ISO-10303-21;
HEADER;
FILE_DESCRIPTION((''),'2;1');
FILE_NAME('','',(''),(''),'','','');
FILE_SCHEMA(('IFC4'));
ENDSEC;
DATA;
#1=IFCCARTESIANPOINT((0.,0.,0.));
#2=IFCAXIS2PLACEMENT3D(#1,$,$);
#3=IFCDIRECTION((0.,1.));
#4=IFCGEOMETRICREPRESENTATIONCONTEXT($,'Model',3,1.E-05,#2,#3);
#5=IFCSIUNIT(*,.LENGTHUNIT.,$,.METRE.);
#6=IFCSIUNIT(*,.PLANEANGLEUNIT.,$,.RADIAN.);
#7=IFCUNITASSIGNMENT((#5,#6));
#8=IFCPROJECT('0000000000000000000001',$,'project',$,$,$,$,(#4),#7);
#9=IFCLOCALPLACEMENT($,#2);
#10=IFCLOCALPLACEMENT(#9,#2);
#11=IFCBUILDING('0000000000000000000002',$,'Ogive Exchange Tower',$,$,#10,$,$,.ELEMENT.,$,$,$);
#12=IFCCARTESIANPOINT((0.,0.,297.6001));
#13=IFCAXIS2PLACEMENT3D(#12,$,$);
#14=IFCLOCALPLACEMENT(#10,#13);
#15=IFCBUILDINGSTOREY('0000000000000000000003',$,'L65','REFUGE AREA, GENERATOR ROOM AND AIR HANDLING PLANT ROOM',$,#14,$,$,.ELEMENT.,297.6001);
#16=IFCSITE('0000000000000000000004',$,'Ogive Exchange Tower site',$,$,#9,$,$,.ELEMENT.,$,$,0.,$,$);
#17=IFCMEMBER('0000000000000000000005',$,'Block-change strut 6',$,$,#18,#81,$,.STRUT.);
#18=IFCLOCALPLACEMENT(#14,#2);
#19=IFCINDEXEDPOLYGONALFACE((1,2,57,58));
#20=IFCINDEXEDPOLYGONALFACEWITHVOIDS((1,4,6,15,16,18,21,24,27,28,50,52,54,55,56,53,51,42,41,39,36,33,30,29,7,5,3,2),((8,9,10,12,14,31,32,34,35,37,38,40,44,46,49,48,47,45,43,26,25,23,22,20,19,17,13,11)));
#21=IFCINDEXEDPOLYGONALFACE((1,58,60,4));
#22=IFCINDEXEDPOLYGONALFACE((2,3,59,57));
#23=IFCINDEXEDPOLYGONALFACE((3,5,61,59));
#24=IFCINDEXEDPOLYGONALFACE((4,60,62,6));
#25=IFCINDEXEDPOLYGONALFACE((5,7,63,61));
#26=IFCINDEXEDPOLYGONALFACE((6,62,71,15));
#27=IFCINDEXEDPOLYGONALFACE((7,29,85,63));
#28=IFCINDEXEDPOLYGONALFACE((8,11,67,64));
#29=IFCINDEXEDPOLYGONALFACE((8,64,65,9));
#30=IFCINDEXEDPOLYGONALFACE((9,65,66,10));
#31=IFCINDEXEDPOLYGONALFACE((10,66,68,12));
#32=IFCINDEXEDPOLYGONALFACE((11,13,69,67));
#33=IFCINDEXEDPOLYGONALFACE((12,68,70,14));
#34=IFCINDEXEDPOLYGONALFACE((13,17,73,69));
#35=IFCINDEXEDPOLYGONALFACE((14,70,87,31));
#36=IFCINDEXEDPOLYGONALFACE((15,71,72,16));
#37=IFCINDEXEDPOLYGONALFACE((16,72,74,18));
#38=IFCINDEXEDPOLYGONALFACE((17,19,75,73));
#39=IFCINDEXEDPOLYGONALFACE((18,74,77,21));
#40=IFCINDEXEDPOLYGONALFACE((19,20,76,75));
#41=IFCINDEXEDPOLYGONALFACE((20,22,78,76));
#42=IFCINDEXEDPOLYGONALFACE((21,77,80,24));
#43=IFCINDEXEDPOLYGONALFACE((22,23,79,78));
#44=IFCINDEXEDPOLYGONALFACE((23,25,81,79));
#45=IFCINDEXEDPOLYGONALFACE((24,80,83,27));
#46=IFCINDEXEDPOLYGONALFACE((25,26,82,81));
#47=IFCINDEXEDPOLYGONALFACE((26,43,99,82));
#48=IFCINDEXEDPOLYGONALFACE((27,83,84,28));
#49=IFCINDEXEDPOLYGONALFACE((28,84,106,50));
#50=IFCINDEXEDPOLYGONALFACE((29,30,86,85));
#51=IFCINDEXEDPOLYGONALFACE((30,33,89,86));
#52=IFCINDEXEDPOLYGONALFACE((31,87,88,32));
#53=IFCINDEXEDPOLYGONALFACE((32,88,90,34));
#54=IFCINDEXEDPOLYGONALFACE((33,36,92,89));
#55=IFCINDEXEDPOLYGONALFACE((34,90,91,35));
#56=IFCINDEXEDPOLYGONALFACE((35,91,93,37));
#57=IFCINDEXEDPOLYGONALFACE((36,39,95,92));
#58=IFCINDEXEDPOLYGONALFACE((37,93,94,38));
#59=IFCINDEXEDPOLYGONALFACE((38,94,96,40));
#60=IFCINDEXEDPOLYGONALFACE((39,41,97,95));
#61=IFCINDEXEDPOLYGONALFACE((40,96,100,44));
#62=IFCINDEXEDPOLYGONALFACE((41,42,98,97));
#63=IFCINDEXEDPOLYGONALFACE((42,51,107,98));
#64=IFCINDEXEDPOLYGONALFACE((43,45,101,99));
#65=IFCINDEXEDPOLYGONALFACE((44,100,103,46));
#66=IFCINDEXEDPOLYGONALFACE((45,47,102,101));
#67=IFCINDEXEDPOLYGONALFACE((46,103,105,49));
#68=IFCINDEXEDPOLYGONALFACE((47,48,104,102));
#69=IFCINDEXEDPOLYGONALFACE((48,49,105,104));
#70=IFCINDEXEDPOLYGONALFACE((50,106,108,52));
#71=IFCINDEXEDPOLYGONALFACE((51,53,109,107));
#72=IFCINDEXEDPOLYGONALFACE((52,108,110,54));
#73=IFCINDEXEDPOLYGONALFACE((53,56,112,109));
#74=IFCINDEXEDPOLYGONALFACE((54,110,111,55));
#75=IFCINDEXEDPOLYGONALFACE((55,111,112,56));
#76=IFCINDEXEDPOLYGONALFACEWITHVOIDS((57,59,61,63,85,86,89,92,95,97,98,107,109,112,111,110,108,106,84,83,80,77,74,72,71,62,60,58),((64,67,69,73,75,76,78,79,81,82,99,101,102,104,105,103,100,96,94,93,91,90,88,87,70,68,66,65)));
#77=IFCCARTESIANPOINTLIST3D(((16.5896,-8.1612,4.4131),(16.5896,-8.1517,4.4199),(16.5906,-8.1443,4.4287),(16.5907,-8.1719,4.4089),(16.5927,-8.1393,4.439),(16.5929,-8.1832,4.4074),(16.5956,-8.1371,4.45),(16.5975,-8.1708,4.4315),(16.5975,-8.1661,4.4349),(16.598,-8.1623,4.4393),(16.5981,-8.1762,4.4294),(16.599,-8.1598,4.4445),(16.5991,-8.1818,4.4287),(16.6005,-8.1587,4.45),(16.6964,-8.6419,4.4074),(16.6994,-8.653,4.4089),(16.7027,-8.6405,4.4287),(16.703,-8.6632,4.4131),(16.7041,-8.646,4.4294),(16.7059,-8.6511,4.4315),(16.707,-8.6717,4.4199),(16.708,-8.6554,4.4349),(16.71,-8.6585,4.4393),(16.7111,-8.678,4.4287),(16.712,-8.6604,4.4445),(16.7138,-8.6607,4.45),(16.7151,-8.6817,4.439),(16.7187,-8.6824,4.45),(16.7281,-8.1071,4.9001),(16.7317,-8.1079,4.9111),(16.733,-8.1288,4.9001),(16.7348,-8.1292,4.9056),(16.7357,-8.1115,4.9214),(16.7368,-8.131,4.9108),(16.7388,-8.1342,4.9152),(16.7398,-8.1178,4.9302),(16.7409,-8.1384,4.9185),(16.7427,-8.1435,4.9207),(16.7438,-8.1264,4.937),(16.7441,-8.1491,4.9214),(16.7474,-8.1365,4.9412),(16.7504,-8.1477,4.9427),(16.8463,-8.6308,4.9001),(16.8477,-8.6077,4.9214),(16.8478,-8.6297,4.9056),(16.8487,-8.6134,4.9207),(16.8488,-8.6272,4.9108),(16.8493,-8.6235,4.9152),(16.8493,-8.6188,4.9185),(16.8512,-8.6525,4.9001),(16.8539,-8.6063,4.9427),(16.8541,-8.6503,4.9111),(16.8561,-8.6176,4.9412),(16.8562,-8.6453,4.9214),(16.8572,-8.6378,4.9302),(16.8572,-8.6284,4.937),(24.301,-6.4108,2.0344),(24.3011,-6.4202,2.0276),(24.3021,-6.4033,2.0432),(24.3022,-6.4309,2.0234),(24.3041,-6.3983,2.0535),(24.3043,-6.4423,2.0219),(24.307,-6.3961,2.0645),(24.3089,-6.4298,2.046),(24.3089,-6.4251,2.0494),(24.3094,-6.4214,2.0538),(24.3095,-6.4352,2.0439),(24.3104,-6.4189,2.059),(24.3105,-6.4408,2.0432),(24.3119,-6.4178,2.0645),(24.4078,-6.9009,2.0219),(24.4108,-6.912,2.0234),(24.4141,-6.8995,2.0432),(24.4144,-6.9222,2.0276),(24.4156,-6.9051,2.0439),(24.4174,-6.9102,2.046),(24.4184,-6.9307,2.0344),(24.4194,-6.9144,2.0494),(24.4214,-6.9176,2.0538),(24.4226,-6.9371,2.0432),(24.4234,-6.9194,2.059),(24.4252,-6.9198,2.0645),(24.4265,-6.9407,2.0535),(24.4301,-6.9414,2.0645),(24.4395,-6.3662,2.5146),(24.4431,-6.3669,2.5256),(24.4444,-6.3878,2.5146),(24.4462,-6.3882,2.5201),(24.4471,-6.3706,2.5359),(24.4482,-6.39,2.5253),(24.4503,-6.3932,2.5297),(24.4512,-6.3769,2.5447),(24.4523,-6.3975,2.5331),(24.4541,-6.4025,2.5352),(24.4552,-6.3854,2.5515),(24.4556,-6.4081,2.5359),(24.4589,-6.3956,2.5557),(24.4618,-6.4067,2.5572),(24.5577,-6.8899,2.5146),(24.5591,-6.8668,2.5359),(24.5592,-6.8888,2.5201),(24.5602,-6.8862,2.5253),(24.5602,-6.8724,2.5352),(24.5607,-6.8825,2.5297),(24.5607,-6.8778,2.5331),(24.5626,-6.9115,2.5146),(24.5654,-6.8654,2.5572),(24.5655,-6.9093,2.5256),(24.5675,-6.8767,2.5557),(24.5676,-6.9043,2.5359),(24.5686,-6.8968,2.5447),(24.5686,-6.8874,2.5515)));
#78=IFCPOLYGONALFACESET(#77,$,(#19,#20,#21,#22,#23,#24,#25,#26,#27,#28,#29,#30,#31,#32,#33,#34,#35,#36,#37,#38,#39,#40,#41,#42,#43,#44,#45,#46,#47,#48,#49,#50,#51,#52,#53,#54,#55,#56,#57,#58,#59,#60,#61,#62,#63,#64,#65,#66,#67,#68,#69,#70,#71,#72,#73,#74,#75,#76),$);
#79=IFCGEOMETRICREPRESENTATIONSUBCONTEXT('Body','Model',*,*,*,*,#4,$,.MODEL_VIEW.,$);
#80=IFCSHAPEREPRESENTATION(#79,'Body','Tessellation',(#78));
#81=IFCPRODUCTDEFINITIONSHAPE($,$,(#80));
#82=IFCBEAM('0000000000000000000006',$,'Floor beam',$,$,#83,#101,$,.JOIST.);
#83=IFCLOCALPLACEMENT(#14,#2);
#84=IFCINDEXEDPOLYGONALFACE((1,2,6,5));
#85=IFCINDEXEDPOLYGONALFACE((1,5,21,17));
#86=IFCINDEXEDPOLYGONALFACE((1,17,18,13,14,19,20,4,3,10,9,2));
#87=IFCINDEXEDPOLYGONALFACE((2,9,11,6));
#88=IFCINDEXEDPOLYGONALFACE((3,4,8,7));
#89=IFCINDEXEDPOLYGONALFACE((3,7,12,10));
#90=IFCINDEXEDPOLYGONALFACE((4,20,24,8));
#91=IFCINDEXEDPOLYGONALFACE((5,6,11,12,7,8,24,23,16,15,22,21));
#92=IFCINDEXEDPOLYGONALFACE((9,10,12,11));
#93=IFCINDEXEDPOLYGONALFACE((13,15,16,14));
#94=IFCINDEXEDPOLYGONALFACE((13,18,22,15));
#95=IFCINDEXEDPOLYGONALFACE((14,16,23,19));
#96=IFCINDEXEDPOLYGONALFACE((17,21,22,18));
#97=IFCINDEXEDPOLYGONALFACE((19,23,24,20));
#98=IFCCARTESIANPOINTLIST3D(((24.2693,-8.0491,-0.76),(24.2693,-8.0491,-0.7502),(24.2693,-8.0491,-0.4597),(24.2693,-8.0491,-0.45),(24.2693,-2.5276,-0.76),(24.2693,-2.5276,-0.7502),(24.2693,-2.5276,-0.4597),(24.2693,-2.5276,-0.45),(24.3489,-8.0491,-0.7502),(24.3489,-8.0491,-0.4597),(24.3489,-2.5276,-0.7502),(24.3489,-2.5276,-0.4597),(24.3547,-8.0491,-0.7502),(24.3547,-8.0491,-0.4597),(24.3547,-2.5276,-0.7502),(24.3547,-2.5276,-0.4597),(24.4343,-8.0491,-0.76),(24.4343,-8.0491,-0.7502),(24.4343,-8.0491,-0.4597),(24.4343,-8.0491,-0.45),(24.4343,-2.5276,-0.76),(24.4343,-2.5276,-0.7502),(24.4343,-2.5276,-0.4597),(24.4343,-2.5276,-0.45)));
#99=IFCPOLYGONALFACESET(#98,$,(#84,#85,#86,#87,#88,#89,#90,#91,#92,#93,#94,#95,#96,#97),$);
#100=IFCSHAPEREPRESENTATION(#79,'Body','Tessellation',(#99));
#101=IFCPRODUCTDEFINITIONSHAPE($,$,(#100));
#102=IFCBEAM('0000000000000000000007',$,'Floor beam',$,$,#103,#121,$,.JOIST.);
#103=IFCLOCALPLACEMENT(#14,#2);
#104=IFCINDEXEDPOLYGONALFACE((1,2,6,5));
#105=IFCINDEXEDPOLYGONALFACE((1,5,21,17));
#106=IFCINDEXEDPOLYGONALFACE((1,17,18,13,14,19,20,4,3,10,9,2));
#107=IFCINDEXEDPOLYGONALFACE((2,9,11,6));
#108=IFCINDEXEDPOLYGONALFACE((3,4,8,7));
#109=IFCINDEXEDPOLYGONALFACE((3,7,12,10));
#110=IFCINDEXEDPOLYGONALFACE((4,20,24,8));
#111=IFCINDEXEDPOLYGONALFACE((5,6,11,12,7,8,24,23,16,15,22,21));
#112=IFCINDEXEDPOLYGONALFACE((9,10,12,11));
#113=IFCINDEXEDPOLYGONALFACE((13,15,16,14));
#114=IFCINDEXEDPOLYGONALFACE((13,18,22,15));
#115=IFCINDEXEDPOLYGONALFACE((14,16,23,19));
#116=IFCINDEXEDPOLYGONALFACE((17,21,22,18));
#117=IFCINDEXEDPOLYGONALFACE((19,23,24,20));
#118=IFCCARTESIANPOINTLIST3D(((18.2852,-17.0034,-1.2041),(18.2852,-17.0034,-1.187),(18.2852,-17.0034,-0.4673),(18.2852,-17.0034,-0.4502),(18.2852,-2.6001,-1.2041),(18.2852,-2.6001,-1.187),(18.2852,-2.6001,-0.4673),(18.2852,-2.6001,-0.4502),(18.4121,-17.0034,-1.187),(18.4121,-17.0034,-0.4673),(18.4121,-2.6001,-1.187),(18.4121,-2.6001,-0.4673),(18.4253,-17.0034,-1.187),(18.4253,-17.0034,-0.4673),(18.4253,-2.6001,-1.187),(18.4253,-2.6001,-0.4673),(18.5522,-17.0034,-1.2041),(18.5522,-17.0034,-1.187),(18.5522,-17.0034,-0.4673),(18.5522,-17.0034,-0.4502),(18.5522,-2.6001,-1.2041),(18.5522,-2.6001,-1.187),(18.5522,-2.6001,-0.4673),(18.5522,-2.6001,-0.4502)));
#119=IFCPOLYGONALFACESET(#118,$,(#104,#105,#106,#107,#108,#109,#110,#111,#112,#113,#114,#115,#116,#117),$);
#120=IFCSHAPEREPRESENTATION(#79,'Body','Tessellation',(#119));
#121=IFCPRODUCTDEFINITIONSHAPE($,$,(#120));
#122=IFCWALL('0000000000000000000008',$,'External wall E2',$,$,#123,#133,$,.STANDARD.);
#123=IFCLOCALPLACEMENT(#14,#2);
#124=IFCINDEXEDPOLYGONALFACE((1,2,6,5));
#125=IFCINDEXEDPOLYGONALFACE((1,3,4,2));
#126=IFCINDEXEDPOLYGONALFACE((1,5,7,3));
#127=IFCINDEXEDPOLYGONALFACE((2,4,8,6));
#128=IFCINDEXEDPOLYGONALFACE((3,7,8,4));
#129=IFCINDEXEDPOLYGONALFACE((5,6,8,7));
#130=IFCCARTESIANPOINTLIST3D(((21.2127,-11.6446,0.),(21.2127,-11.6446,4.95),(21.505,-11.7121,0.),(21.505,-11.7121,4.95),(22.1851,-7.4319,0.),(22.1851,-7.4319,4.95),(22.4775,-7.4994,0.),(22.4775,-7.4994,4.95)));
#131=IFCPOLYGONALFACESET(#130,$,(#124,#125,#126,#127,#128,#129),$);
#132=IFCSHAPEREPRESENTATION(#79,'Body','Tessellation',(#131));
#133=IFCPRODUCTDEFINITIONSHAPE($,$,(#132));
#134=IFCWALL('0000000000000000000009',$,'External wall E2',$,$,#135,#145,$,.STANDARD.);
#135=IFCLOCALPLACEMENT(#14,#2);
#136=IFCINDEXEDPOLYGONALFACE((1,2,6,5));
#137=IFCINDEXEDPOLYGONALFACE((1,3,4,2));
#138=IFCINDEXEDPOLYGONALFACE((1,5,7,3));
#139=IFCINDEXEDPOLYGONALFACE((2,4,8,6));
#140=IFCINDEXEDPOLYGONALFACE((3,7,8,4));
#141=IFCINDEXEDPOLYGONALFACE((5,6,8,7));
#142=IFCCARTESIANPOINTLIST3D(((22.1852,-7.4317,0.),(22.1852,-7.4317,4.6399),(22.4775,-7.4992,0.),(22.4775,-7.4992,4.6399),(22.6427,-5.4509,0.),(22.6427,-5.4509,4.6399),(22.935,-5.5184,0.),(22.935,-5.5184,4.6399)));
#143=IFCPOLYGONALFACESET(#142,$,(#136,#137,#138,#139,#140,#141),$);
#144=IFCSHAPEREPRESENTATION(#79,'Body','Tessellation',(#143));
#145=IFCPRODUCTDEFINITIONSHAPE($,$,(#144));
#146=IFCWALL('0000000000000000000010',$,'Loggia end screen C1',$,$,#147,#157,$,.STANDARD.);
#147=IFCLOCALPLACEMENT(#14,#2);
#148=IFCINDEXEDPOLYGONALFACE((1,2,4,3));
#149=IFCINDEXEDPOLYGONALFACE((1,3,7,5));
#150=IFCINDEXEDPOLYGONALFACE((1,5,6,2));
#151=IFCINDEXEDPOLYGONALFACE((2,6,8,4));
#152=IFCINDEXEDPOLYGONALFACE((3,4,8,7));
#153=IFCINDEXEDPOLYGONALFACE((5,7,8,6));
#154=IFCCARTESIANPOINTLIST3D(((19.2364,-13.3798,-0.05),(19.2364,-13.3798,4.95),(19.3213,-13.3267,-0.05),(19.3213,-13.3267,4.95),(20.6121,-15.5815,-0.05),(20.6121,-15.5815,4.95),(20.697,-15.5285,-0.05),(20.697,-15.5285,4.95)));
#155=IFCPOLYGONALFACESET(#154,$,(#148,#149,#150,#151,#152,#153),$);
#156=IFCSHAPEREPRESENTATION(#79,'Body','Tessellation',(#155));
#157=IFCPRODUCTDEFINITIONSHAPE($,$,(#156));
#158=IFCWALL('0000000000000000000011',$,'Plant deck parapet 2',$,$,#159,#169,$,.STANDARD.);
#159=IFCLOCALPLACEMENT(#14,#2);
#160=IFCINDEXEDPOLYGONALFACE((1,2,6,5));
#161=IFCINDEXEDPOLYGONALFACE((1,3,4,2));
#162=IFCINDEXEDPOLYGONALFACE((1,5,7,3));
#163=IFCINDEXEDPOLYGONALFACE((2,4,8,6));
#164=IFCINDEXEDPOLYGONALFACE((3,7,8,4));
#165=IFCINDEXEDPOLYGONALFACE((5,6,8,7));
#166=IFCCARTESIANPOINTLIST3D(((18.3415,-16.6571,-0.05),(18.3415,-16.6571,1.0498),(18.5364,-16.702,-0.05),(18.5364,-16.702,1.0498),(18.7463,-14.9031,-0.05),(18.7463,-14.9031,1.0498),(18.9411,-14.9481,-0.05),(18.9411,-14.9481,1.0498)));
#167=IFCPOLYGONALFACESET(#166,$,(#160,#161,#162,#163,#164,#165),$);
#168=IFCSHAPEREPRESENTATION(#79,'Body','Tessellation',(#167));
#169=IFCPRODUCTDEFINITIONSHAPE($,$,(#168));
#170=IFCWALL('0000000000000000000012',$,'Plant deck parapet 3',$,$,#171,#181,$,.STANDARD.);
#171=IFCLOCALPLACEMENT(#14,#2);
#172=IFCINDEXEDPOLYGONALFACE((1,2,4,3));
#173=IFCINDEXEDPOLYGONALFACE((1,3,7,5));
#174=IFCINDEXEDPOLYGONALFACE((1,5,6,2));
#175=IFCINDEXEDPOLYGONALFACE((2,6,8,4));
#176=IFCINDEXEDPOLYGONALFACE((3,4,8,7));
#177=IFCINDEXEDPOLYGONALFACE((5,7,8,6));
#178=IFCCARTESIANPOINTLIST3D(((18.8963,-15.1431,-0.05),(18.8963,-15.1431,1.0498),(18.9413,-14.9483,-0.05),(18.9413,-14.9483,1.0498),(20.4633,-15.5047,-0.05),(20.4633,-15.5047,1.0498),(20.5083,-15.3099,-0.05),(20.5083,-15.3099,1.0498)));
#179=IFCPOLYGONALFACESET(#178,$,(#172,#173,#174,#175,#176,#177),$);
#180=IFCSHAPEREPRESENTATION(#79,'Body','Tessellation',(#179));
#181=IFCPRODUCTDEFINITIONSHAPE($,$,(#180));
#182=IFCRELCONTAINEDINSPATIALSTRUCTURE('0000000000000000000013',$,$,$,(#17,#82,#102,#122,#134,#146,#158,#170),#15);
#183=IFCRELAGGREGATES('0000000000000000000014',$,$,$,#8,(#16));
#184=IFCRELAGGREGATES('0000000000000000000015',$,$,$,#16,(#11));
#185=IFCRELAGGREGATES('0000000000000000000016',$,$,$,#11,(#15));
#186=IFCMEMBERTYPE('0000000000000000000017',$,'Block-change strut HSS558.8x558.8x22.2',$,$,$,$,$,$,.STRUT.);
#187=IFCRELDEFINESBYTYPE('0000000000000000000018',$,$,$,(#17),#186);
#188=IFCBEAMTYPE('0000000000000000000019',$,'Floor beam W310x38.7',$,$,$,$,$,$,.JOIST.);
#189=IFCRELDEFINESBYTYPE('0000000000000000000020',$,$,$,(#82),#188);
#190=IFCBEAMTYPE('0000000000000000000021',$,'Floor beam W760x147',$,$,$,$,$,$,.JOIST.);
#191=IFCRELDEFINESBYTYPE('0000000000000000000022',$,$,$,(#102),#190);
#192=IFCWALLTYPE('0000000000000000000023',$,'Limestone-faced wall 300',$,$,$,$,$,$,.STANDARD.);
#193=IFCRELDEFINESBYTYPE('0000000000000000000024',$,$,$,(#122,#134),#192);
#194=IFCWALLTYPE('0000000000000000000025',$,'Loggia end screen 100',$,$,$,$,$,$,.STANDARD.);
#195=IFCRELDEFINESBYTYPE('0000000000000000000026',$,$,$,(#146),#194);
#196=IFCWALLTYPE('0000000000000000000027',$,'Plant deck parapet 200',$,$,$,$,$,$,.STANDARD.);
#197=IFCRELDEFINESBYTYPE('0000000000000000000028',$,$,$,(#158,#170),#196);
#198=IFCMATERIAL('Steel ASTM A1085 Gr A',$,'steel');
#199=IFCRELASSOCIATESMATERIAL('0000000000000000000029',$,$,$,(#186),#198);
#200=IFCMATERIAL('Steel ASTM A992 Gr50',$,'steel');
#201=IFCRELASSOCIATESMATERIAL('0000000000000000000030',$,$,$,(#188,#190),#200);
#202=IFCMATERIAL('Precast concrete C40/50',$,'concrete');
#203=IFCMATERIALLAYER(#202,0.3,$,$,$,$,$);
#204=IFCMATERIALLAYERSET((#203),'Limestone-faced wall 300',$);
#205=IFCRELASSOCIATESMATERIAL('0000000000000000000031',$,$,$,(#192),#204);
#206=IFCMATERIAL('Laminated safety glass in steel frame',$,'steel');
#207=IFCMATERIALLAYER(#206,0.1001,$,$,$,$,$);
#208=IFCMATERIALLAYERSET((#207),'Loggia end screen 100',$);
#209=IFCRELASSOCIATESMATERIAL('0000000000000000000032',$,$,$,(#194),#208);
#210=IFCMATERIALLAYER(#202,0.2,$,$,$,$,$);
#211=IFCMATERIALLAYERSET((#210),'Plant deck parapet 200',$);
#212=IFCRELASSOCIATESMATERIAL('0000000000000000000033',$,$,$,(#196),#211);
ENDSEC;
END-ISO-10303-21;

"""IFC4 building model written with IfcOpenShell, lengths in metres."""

from ifc_helpers import new_model, si_unit, direction, frame, frame_2d, origin, origin_2d, place, context, subcontext, project, spatial, rectangle, hollow_rectangle, i_section, extrude, material, layer, layer_set, material_profile, profile_set, type_object, element, save


model = new_model("IFC4")

# Units and contexts
model_context = context("Model", 3, precision=1e-05, world=origin(), true_north=direction((0.0, 1.0)))
body_context = subcontext(model_context, "Body", "Model", "MODEL_VIEW")
ifc_project = project(units=[si_unit("LENGTHUNIT", "METRE"), si_unit("PLANEANGLEUNIT", "RADIAN")], contexts=[model_context])

# Site, building, storey
site_placement = place(None, origin())
site = spatial("IfcSite", under=ifc_project, at=site_placement, Name="Ogive Exchange Tower site", CompositionType="ELEMENT", RefElevation=0.0)
building_placement = place(site_placement, origin())
building = spatial("IfcBuilding", under=site, at=building_placement, Name="Ogive Exchange Tower", CompositionType="ELEMENT")
storey_placement = place(building_placement, frame((0.0, 0.0, 297.6001)))
storey = spatial("IfcBuildingStorey", under=building, at=storey_placement, Name="L65", Description="REFUGE AREA, GENERATOR ROOM AND AIR HANDLING PLANT ROOM", CompositionType="ELEMENT", Elevation=297.6001)

# Shared definitions
ifc_material_1 = material(Name="Steel ASTM A992 Gr50", Category="steel")

# Shared definitions
ifc_material_2 = material(Name="Steel ASTM A1085 Gr A", Category="steel")

# Member
ifc_material_profile_1 = material_profile(ifc_material_2, hollow_rectangle(XDim=0.5591, YDim=0.5591, WallThickness=0.0222, InnerFilletRadius=0.0222, OuterFilletRadius=0.0444, at=origin_2d()), Name="HSS558.8x558.8x22.2")
ifc_profile_set_1 = profile_set([ifc_material_profile_1], Name="Steel ASTM A1085 Gr A")
member_type_1 = type_object("IfcMemberType", Name="Block-change strut HSS558.8x558.8x22.2", PredefinedType="STRUT", material=ifc_profile_set_1)
member_1_placement = place(storey_placement, frame((24.4348, -6.6538, 2.2896), z_axis=(-0.93386, -0.210833, 0.288886), x_axis=(0.220222, -0.97545, 0.0)))
element("IfcMember", 1, at=member_1_placement, inside=storey, type_object=member_type_1, Name="Block-change strut 6", PredefinedType="STRUT", context=body_context, shape_type="SweptSolid", body=[
    extrude(hollow_rectangle(XDim=0.5591, YDim=0.5591, WallThickness=0.0222, InnerFilletRadius=0.0222, OuterFilletRadius=0.0444, at=origin_2d()), origin(), (0.0, 0.0, 1.0), 8.2576),
])

# Beams
ifc_material_profile_2 = material_profile(ifc_material_1, i_section(OverallWidth=0.165, OverallDepth=0.3101, WebThickness=0.0059, FlangeThickness=0.0098, at=origin_2d()), Name="W310x38.7")
ifc_profile_set_2 = profile_set([ifc_material_profile_2], Name="Steel ASTM A992 Gr50")
beam_type_1 = type_object("IfcBeamType", Name="Floor beam W310x38.7", PredefinedType="JOIST", material=ifc_profile_set_2)
beam_1_placement = place(storey_placement, frame((24.3518, -8.0491, -0.605), z_axis=(0.0, 1.0, 0.0), x_axis=(-1.0, 0.0, 0.0)))
element("IfcBeam", 2, at=beam_1_placement, inside=storey, type_object=beam_type_1, Name="Floor beam", PredefinedType="JOIST", context=body_context, shape_type="SweptSolid", body=[
    extrude(i_section(OverallWidth=0.165, OverallDepth=0.3101, WebThickness=0.0059, FlangeThickness=0.0098, at=origin_2d()), origin(), (0.0, 0.0, 1.0), 5.5215),
])
ifc_material_profile_3 = material_profile(ifc_material_1, i_section(OverallWidth=0.2671, OverallDepth=0.7539, WebThickness=0.0132, FlangeThickness=0.0171, at=origin_2d()), Name="W760x147")
ifc_profile_set_3 = profile_set([ifc_material_profile_3], Name="Steel ASTM A992 Gr50")
beam_type_2 = type_object("IfcBeamType", Name="Floor beam W760x147", PredefinedType="JOIST", material=ifc_profile_set_3)
beam_2_placement = place(storey_placement, frame((18.4187, -17.0034, -0.8271), z_axis=(0.0, 1.0, 0.0), x_axis=(-1.0, 0.0, 0.0)))
element("IfcBeam", 3, at=beam_2_placement, inside=storey, type_object=beam_type_2, Name="Floor beam", PredefinedType="JOIST", context=body_context, shape_type="SweptSolid", body=[
    extrude(i_section(OverallWidth=0.2671, OverallDepth=0.7539, WebThickness=0.0132, FlangeThickness=0.0171, at=origin_2d()), origin(), (0.0, 0.0, 1.0), 14.4033),
])

# Walls
ifc_material_3 = material(Name="Precast concrete C40/50", Category="concrete")
ifc_layer_1 = layer(ifc_material_3, 0.3)
ifc_layer_set_1 = layer_set([ifc_layer_1], Name="Limestone-faced wall 300")
wall_type_1 = type_object("IfcWallType", Name="Limestone-faced wall 300", PredefinedType="STANDARD", material=ifc_layer_set_1)
wall_1_placement = place(storey_placement, frame((21.3589, -11.6782, 0.0), z_axis=(0.0, 0.0, 1.0), x_axis=(0.224917, 0.974378, 0.0)))
element("IfcWall", 4, at=wall_1_placement, inside=storey, type_object=wall_type_1, Name="External wall E2", PredefinedType="STANDARD", context=body_context, shape_type="SweptSolid", body=[
    extrude(rectangle(XDim=4.3235, YDim=0.3, at=frame_2d((2.1616, 0.0))), origin(), (0.0, 0.0, 1.0), 4.95),
])
wall_2_placement = place(storey_placement, frame((22.3313, -7.4656, 0.0), z_axis=(0.0, 0.0, 1.0), x_axis=(0.225061, 0.974345, 0.0)))
element("IfcWall", 5, at=wall_2_placement, inside=storey, type_object=wall_type_1, Name="External wall E2", PredefinedType="STANDARD", context=body_context, shape_type="SweptSolid", body=[
    extrude(rectangle(XDim=2.033, YDim=0.3, at=frame_2d((1.0166, 0.0))), origin(), (0.0, 0.0, 1.0), 4.6399),
])
ifc_material_4 = material(Name="Laminated safety glass in steel frame", Category="steel")
ifc_layer_2 = layer(ifc_material_4, 0.1001)
ifc_layer_set_2 = layer_set([ifc_layer_2], Name="Loggia end screen 100")
wall_type_2 = type_object("IfcWallType", Name="Loggia end screen 100", PredefinedType="STANDARD", material=ifc_layer_set_2)
wall_3_placement = place(storey_placement, frame((19.2788, -13.3533, -0.05), z_axis=(0.0, 0.0, 1.0), x_axis=(0.529914, -0.848051, 0.0)))
element("IfcWall", 6, at=wall_3_placement, inside=storey, type_object=wall_type_2, Name="Loggia end screen C1", PredefinedType="STANDARD", context=body_context, shape_type="SweptSolid", body=[
    extrude(rectangle(XDim=2.5962, YDim=0.1001, at=frame_2d((1.2981, 0.0))), origin(), (0.0, 0.0, 1.0), 5.0),
])
ifc_layer_3 = layer(ifc_material_3, 0.2)
ifc_layer_set_3 = layer_set([ifc_layer_3], Name="Plant deck parapet 200")
wall_type_3 = type_object("IfcWallType", Name="Plant deck parapet 200", PredefinedType="STANDARD", material=ifc_layer_set_3)
wall_4_placement = place(storey_placement, frame((18.439, -16.6794, -0.05), z_axis=(0.0, 0.0, 1.0), x_axis=(0.224879, 0.974387, 0.0)))
element("IfcWall", 7, at=wall_4_placement, inside=storey, type_object=wall_type_3, Name="Plant deck parapet 2", PredefinedType="STANDARD", context=body_context, shape_type="SweptSolid", body=[
    extrude(rectangle(XDim=1.8, YDim=0.2, at=frame_2d((0.8999, 0.0))), origin(), (0.0, 0.0, 1.0), 1.0999),
])
wall_5_placement = place(storey_placement, frame((18.9187, -15.0457, -0.05), z_axis=(0.0, 0.0, 1.0), x_axis=(0.974394, -0.224848, 0.0)))
element("IfcWall", 8, at=wall_5_placement, inside=storey, type_object=wall_type_3, Name="Plant deck parapet 3", PredefinedType="STANDARD", context=body_context, shape_type="SweptSolid", body=[
    extrude(rectangle(XDim=1.6082, YDim=0.2, at=frame_2d((0.8042, 0.0))), origin(), (0.0, 0.0, 1.0), 1.0999),
])

save(model, "model.ifc")
